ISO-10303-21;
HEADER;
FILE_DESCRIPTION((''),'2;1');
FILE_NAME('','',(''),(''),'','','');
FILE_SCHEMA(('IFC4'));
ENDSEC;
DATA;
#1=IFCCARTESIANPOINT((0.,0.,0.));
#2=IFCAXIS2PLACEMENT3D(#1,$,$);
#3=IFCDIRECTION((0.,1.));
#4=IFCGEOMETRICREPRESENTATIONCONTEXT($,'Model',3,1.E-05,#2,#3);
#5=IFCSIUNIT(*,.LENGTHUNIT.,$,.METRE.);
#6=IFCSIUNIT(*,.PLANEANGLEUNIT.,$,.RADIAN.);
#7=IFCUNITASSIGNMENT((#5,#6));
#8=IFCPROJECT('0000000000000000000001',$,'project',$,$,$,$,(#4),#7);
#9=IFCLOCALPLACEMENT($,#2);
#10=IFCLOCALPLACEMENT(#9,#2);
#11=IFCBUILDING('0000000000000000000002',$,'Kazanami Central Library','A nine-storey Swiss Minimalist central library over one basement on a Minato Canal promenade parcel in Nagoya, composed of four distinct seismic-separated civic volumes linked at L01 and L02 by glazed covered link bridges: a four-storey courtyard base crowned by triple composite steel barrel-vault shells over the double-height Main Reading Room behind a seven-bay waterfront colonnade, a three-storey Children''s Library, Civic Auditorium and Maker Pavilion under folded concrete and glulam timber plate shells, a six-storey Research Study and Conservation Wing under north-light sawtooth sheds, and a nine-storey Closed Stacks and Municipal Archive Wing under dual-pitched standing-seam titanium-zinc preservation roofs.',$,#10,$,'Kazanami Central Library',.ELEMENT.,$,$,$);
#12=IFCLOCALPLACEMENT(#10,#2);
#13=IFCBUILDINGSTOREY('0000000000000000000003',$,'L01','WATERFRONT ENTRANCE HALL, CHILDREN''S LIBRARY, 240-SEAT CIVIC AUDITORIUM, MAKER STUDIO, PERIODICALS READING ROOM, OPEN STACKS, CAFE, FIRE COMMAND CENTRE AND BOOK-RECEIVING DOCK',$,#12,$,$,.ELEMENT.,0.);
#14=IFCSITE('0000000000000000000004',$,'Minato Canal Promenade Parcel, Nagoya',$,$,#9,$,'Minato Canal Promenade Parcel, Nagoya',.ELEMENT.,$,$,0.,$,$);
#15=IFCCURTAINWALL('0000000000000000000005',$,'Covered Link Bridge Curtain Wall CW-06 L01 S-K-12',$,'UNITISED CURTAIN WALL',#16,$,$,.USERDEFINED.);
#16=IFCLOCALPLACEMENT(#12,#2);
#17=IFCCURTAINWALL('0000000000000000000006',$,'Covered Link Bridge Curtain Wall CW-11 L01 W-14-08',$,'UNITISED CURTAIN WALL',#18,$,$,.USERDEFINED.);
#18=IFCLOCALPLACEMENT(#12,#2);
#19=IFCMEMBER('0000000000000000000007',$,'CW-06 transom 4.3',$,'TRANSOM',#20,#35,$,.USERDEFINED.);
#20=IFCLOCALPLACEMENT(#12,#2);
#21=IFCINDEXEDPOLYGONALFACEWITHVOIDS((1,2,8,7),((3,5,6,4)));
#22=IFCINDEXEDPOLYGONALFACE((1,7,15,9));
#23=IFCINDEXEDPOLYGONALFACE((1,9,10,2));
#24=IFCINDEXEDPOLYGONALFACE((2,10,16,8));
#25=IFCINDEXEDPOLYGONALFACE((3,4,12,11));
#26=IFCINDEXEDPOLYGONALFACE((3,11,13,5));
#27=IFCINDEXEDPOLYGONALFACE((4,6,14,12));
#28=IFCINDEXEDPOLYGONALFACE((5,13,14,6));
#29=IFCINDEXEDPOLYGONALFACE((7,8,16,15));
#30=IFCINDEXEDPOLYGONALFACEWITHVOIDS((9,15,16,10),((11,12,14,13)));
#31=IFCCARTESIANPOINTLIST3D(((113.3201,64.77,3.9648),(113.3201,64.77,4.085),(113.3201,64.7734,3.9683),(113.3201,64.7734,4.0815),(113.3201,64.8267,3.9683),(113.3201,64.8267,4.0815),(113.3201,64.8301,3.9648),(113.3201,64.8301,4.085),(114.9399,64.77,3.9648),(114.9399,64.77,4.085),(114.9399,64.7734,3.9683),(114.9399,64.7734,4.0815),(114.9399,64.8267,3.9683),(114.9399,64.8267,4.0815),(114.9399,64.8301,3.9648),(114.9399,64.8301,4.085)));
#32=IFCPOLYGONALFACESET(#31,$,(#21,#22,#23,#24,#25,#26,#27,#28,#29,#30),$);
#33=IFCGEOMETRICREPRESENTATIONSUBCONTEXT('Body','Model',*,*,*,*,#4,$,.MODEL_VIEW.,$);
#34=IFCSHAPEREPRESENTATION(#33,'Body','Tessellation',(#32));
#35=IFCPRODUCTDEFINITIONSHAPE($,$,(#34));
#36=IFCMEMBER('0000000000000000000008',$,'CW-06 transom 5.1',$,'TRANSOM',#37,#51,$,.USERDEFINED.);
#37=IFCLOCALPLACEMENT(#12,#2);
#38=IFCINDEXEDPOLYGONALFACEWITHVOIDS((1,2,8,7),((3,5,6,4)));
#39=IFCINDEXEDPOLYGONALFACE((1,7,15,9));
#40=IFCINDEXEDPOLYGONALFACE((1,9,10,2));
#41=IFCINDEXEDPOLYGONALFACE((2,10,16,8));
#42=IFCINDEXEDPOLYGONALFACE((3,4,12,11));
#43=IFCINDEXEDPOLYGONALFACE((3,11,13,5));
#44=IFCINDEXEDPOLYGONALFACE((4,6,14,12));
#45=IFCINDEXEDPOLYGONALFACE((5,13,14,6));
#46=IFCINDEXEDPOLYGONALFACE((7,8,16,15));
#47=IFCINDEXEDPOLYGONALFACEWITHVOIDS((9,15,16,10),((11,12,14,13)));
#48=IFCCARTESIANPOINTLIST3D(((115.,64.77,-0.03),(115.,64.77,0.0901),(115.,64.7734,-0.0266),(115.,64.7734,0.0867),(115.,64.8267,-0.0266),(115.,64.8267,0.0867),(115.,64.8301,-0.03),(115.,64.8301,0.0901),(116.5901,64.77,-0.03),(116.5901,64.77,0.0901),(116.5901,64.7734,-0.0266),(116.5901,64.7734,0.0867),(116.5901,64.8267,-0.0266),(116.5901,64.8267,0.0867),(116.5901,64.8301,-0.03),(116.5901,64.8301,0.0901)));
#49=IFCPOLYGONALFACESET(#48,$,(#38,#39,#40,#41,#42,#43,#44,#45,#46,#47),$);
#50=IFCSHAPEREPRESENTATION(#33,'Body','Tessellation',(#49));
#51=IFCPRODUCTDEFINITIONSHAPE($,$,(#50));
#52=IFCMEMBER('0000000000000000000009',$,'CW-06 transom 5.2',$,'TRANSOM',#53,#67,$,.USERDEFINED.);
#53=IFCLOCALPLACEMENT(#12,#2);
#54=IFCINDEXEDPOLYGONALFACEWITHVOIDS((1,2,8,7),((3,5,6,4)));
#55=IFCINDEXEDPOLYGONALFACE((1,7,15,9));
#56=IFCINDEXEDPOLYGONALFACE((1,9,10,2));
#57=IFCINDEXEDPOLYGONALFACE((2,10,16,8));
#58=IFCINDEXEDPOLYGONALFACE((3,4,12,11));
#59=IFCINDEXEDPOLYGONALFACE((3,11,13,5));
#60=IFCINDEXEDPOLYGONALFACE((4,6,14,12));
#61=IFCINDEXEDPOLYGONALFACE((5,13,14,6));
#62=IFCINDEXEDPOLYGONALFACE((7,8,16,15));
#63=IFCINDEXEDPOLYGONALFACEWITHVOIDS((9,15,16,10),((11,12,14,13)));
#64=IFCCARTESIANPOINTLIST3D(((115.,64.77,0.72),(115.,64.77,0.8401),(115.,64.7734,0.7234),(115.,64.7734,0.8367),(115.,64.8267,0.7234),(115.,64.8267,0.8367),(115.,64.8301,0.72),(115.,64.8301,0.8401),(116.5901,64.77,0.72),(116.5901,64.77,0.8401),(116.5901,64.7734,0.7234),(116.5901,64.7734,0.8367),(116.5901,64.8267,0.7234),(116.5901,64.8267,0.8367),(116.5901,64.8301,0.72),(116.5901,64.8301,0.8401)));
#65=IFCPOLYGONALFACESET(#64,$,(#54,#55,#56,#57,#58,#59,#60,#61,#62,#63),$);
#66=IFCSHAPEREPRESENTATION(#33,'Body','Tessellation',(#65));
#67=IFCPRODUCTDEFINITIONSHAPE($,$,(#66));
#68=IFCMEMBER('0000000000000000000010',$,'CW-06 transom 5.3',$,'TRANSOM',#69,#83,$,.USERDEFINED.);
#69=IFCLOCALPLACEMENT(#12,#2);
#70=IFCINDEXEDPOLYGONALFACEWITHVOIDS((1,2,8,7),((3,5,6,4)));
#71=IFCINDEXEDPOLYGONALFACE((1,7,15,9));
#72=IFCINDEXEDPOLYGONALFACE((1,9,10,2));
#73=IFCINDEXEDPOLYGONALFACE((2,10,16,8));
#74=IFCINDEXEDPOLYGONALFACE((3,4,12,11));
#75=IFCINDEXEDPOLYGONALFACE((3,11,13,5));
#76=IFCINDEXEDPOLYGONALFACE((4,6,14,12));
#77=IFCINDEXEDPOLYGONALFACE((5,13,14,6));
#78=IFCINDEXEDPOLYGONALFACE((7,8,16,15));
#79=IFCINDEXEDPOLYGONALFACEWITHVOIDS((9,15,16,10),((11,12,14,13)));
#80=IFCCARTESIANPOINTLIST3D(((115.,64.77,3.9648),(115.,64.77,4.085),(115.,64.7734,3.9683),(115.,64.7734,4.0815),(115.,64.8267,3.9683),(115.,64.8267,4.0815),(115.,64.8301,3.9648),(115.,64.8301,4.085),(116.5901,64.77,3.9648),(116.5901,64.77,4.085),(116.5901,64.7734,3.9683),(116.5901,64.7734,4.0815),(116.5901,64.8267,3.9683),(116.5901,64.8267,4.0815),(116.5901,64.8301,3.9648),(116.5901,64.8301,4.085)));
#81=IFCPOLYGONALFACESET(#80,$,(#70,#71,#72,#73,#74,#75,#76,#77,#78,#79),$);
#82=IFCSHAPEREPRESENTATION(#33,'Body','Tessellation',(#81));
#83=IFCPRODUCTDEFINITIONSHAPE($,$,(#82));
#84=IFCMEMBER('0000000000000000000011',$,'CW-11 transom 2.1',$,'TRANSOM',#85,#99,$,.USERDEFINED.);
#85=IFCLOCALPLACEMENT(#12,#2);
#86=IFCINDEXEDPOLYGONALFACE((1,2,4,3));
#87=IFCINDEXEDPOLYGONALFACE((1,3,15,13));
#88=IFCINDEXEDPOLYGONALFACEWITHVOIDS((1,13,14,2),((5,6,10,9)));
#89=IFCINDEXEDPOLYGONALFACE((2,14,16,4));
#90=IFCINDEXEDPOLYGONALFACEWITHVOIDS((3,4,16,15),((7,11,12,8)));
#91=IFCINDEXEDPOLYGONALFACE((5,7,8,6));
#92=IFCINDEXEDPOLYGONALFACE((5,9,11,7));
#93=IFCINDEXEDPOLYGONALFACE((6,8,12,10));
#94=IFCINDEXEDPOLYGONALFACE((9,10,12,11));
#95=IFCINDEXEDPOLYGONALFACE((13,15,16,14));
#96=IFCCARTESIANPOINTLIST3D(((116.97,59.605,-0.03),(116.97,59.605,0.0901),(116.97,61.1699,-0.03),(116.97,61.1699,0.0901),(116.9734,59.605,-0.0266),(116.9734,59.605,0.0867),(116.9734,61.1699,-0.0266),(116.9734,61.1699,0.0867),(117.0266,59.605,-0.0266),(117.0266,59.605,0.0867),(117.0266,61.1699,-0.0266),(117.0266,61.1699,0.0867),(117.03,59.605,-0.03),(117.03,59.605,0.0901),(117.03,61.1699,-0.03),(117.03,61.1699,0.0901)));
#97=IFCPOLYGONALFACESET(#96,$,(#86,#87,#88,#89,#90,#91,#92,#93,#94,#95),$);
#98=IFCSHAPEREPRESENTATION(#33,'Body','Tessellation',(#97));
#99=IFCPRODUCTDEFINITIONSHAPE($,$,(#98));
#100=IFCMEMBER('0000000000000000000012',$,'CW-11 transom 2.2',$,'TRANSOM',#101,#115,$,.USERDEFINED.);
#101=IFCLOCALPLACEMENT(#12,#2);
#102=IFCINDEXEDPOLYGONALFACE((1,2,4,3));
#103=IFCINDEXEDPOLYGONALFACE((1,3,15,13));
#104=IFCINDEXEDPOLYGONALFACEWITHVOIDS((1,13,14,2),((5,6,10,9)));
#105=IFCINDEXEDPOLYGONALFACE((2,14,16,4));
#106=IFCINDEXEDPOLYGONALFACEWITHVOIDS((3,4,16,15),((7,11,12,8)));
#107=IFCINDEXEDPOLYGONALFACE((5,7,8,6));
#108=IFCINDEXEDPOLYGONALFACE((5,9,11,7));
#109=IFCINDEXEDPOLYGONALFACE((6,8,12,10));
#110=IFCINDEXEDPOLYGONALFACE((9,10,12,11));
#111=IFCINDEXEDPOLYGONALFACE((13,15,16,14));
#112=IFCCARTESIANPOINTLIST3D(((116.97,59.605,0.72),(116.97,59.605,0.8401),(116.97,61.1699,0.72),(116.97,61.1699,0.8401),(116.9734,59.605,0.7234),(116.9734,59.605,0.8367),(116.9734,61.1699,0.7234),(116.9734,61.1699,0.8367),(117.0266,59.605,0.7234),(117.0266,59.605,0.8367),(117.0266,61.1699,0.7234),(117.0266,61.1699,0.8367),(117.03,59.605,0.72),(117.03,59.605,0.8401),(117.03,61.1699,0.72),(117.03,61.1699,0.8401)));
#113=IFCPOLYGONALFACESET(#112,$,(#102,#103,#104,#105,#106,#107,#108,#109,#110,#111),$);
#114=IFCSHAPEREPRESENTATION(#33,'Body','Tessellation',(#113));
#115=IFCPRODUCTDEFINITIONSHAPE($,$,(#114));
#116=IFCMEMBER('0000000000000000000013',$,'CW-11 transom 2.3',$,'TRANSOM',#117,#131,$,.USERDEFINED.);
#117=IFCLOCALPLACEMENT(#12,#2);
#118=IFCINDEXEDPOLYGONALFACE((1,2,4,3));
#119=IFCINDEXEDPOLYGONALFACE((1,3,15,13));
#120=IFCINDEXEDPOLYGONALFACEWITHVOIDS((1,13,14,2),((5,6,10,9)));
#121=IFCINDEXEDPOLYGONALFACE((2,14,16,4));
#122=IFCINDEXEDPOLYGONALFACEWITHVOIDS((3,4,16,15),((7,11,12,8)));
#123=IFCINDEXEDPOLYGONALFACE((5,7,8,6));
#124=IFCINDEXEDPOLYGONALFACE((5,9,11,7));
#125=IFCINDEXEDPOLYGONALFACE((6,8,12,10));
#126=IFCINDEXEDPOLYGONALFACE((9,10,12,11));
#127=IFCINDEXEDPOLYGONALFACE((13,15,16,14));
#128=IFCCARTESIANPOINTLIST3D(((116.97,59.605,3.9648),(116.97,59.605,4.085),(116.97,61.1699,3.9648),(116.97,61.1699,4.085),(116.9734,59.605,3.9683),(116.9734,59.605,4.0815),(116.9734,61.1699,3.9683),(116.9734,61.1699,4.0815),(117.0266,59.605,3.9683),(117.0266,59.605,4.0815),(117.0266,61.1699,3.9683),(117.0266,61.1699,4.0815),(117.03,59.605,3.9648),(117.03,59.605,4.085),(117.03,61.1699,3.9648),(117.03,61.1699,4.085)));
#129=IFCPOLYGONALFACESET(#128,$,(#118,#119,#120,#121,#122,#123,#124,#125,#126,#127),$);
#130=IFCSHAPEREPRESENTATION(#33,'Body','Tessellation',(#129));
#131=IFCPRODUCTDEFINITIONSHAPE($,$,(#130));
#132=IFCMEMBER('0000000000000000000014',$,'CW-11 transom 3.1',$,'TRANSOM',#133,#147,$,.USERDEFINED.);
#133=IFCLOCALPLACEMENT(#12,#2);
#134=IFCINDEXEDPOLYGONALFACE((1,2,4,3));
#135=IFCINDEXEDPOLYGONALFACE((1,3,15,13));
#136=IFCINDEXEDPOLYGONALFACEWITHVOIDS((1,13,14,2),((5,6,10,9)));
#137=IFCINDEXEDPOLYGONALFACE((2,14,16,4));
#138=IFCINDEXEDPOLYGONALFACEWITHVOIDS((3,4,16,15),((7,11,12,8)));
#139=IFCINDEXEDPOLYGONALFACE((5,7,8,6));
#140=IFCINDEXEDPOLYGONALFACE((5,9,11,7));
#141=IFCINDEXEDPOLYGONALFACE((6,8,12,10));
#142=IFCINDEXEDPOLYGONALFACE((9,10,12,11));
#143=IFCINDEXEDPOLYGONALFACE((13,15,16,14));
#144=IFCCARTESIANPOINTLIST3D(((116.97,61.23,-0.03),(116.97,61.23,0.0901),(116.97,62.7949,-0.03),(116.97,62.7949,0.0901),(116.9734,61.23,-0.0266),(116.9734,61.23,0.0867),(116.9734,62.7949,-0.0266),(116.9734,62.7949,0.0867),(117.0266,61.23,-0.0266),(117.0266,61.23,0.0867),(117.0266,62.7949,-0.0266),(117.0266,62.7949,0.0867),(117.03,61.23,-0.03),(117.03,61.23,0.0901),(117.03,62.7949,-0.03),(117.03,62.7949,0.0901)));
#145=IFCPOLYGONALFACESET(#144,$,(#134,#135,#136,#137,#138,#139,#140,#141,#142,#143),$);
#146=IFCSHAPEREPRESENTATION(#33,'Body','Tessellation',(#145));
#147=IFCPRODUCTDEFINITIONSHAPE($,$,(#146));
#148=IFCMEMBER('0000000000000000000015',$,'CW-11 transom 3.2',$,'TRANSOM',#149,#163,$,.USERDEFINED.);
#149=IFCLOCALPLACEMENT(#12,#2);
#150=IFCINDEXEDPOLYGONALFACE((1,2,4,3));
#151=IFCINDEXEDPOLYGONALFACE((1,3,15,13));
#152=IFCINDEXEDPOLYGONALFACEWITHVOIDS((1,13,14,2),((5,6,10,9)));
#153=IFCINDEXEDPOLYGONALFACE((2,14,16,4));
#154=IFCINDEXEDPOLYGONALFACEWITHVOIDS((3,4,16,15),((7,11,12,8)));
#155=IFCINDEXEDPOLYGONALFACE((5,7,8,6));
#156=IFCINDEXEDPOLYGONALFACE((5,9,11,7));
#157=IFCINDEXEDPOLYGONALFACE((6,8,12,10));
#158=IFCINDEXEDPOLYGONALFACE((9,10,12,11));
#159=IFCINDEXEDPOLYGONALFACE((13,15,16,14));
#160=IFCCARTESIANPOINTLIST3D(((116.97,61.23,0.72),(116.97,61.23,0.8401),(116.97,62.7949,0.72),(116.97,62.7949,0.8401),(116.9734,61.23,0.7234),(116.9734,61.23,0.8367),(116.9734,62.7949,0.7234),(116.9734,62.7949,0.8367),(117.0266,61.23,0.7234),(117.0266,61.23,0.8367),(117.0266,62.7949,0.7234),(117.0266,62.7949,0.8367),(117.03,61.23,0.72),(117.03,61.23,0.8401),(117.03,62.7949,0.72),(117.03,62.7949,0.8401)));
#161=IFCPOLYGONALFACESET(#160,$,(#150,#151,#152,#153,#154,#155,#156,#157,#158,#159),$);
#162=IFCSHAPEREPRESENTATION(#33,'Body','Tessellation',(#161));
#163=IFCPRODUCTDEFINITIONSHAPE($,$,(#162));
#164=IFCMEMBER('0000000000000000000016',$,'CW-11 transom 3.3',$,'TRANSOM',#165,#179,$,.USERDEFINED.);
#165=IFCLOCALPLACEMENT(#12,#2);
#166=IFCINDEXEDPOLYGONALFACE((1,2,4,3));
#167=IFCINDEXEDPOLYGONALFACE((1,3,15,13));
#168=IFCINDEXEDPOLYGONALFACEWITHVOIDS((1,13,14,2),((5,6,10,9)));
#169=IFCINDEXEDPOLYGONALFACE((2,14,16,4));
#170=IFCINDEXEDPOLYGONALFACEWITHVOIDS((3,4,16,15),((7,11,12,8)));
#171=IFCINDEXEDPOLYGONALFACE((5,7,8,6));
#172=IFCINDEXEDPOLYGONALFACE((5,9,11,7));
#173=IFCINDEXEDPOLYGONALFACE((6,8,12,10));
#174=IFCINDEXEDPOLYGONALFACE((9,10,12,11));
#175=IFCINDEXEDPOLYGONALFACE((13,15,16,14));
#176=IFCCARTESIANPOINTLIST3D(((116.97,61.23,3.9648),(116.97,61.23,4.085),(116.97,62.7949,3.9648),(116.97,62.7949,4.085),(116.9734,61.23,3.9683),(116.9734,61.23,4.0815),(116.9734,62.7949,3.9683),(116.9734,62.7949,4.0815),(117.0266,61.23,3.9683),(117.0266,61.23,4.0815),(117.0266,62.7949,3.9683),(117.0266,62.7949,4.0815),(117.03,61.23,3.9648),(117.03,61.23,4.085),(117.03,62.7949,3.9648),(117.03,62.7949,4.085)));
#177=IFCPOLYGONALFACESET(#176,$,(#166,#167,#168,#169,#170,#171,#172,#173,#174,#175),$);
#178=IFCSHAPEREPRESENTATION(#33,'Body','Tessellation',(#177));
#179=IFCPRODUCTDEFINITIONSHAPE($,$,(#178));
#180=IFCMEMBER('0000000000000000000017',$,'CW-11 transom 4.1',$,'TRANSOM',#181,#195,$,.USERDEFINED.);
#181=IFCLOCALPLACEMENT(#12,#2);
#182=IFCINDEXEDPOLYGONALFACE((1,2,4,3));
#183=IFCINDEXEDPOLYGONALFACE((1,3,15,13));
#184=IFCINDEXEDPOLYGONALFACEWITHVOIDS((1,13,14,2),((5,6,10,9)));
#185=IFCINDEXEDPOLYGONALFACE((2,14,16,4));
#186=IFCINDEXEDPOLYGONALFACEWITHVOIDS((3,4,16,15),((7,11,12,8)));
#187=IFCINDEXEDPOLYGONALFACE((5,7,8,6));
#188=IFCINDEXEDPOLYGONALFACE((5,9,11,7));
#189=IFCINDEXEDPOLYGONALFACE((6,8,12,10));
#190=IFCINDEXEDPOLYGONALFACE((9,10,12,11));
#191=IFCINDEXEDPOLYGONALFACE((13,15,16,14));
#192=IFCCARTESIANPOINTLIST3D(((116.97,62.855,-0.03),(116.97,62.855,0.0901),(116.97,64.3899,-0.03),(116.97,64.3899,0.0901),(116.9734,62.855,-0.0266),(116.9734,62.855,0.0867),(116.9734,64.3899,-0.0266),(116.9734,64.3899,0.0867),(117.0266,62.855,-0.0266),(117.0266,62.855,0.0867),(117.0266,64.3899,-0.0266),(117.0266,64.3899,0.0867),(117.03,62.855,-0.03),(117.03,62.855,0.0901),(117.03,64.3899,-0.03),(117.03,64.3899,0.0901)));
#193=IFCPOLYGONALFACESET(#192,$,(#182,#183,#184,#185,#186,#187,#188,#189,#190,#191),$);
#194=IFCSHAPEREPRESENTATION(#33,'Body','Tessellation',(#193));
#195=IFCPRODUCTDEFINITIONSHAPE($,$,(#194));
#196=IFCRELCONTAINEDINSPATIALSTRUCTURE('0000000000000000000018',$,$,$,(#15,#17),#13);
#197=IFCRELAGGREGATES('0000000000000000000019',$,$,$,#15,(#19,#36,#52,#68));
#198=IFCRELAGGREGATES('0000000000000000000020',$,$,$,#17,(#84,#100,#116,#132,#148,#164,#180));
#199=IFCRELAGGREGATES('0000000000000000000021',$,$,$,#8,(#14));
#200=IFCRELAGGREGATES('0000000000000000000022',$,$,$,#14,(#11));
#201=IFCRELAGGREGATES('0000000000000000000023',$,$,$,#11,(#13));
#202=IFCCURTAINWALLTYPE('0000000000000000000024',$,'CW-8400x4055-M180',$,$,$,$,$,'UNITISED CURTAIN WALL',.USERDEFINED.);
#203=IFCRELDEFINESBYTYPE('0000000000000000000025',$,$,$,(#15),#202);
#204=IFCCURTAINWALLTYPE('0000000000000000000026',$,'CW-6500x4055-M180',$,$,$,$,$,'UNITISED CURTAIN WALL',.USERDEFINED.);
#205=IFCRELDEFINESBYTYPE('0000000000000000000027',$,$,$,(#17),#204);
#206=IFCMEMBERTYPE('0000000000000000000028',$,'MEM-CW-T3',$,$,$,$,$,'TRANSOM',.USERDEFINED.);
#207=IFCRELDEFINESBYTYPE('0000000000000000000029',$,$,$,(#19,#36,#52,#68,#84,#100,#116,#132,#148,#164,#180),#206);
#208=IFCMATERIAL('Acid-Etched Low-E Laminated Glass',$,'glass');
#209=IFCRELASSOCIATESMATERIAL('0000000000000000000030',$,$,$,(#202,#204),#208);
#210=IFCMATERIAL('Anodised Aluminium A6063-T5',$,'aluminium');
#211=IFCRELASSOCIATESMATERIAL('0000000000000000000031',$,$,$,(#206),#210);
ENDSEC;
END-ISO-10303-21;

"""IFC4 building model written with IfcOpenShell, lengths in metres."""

from ifc_helpers import new_model, si_unit, direction, frame, origin, origin_2d, place, context, subcontext, project, spatial, hollow_rectangle, extrude, material, material_profile, profile_set, type_object, element, aggregate, save


model = new_model("IFC4")

# Units and contexts
model_context = context("Model", 3, precision=1e-05, world=origin(), true_north=direction((0.0, 1.0)))
body_context = subcontext(model_context, "Body", "Model", "MODEL_VIEW")
ifc_project = project(units=[si_unit("LENGTHUNIT", "METRE"), si_unit("PLANEANGLEUNIT", "RADIAN")], contexts=[model_context])

# Site, building, storey
site_placement = place(None, origin())
site = spatial("IfcSite", under=ifc_project, at=site_placement, Name="Minato Canal Promenade Parcel, Nagoya", LongName="Minato Canal Promenade Parcel, Nagoya", CompositionType="ELEMENT", RefElevation=0.0)
building_placement = place(site_placement, origin())
building = spatial("IfcBuilding", under=site, at=building_placement, Name="Kazanami Central Library", Description="A nine-storey Swiss Minimalist central library over one basement on a Minato Canal promenade parcel in Nagoya, composed of four distinct seismic-separated civic volumes linked at L01 and L02 by glazed covered link bridges: a four-storey courtyard base crowned by triple composite steel barrel-vault shells over the double-height Main Reading Room behind a seven-bay waterfront colonnade, a three-storey Children's Library, Civic Auditorium and Maker Pavilion under folded concrete and glulam timber plate shells, a six-storey Research Study and Conservation Wing under north-light sawtooth sheds, and a nine-storey Closed Stacks and Municipal Archive Wing under dual-pitched standing-seam titanium-zinc preservation roofs.", LongName="Kazanami Central Library", CompositionType="ELEMENT")
storey_placement = place(building_placement, origin())
storey = spatial("IfcBuildingStorey", under=building, at=storey_placement, Name="L01", Description="WATERFRONT ENTRANCE HALL, CHILDREN'S LIBRARY, 240-SEAT CIVIC AUDITORIUM, MAKER STUDIO, PERIODICALS READING ROOM, OPEN STACKS, CAFE, FIRE COMMAND CENTRE AND BOOK-RECEIVING DOCK", CompositionType="ELEMENT", Elevation=0.0)

# Curtain walls
ifc_material_1 = material(Name="Acid-Etched Low-E Laminated Glass", Category="glass")
curtain_wall_type_1 = type_object("IfcCurtainWallType", Name="CW-8400x4055-M180", ElementType="UNITISED CURTAIN WALL", PredefinedType="USERDEFINED", material=ifc_material_1)
curtain_wall_1_placement = place(storey_placement, origin())
curtain_wall_1 = element("IfcCurtainWall", 1, at=curtain_wall_1_placement, inside=storey, type_object=curtain_wall_type_1, Name="Covered Link Bridge Curtain Wall CW-06 L01 S-K-12", ObjectType="UNITISED CURTAIN WALL", PredefinedType="USERDEFINED")
ifc_material_2 = material(Name="Anodised Aluminium A6063-T5", Category="aluminium")
curtain_wall_type_2 = type_object("IfcCurtainWallType", Name="CW-6500x4055-M180", ElementType="UNITISED CURTAIN WALL", PredefinedType="USERDEFINED", material=ifc_material_1)
curtain_wall_2_placement = place(storey_placement, origin())
curtain_wall_2 = element("IfcCurtainWall", 2, at=curtain_wall_2_placement, inside=storey, type_object=curtain_wall_type_2, Name="Covered Link Bridge Curtain Wall CW-11 L01 W-14-08", ObjectType="UNITISED CURTAIN WALL", PredefinedType="USERDEFINED")

# Members
ifc_material_profile_1 = material_profile(ifc_material_2, hollow_rectangle(XDim=0.0601, YDim=0.1201, WallThickness=0.0034, at=origin_2d()), Name="ALU-TRAN-60x120x3.5")
ifc_profile_set_1 = profile_set([ifc_material_profile_1], Name="Anodised Aluminium A6063-T5")
member_type_1 = type_object("IfcMemberType", Name="MEM-CW-T3", ElementType="TRANSOM", PredefinedType="USERDEFINED", material=ifc_profile_set_1)
member_1_placement = place(storey_placement, frame((113.3201, 64.8, 4.0249), z_axis=(1.0, 0.0, 0.0), x_axis=(0.0, 1.0, 0.0)))
member_1 = element("IfcMember", 3, at=member_1_placement, type_object=member_type_1, Name="CW-06 transom 4.3", ObjectType="TRANSOM", PredefinedType="USERDEFINED", context=body_context, shape_type="SweptSolid", body=[
    extrude(hollow_rectangle(XDim=0.0601, YDim=0.1201, WallThickness=0.0034, at=origin_2d()), origin(), (0.0, 0.0, 1.0), 1.6199),
])
member_2_placement = place(storey_placement, frame((115.0, 64.8, 0.03), z_axis=(1.0, 0.0, 0.0), x_axis=(0.0, 1.0, 0.0)))
member_2 = element("IfcMember", 4, at=member_2_placement, type_object=member_type_1, Name="CW-06 transom 5.1", ObjectType="TRANSOM", PredefinedType="USERDEFINED", context=body_context, shape_type="SweptSolid", body=[
    extrude(hollow_rectangle(XDim=0.0601, YDim=0.1201, WallThickness=0.0034, at=origin_2d()), origin(), (0.0, 0.0, 1.0), 1.5901),
])
member_3_placement = place(storey_placement, frame((115.0, 64.8, 0.78), z_axis=(1.0, 0.0, 0.0), x_axis=(0.0, 1.0, 0.0)))
member_3 = element("IfcMember", 5, at=member_3_placement, type_object=member_type_1, Name="CW-06 transom 5.2", ObjectType="TRANSOM", PredefinedType="USERDEFINED", context=body_context, shape_type="SweptSolid", body=[
    extrude(hollow_rectangle(XDim=0.0601, YDim=0.1201, WallThickness=0.0034, at=origin_2d()), origin(), (0.0, 0.0, 1.0), 1.5901),
])
member_4_placement = place(storey_placement, frame((115.0, 64.8, 4.0249), z_axis=(1.0, 0.0, 0.0), x_axis=(0.0, 1.0, 0.0)))
member_4 = element("IfcMember", 6, at=member_4_placement, type_object=member_type_1, Name="CW-06 transom 5.3", ObjectType="TRANSOM", PredefinedType="USERDEFINED", context=body_context, shape_type="SweptSolid", body=[
    extrude(hollow_rectangle(XDim=0.0601, YDim=0.1201, WallThickness=0.0034, at=origin_2d()), origin(), (0.0, 0.0, 1.0), 1.5901),
])
member_5_placement = place(storey_placement, frame((117.0, 59.605, 0.03), z_axis=(0.0, 1.0, 0.0), x_axis=(-1.0, 0.0, 0.0)))
member_5 = element("IfcMember", 7, at=member_5_placement, type_object=member_type_1, Name="CW-11 transom 2.1", ObjectType="TRANSOM", PredefinedType="USERDEFINED", context=body_context, shape_type="SweptSolid", body=[
    extrude(hollow_rectangle(XDim=0.0601, YDim=0.1201, WallThickness=0.0034, at=origin_2d()), origin(), (0.0, 0.0, 1.0), 1.5649),
])
member_6_placement = place(storey_placement, frame((117.0, 59.605, 0.78), z_axis=(0.0, 1.0, 0.0), x_axis=(-1.0, 0.0, 0.0)))
member_6 = element("IfcMember", 8, at=member_6_placement, type_object=member_type_1, Name="CW-11 transom 2.2", ObjectType="TRANSOM", PredefinedType="USERDEFINED", context=body_context, shape_type="SweptSolid", body=[
    extrude(hollow_rectangle(XDim=0.0601, YDim=0.1201, WallThickness=0.0034, at=origin_2d()), origin(), (0.0, 0.0, 1.0), 1.5649),
])
member_7_placement = place(storey_placement, frame((117.0, 59.605, 4.0249), z_axis=(0.0, 1.0, 0.0), x_axis=(-1.0, 0.0, 0.0)))
member_7 = element("IfcMember", 9, at=member_7_placement, type_object=member_type_1, Name="CW-11 transom 2.3", ObjectType="TRANSOM", PredefinedType="USERDEFINED", context=body_context, shape_type="SweptSolid", body=[
    extrude(hollow_rectangle(XDim=0.0601, YDim=0.1201, WallThickness=0.0034, at=origin_2d()), origin(), (0.0, 0.0, 1.0), 1.5649),
])
member_8_placement = place(storey_placement, frame((117.0, 61.23, 0.03), z_axis=(0.0, 1.0, 0.0), x_axis=(-1.0, 0.0, 0.0)))
member_8 = element("IfcMember", 10, at=member_8_placement, type_object=member_type_1, Name="CW-11 transom 3.1", ObjectType="TRANSOM", PredefinedType="USERDEFINED", context=body_context, shape_type="SweptSolid", body=[
    extrude(hollow_rectangle(XDim=0.0601, YDim=0.1201, WallThickness=0.0034, at=origin_2d()), origin(), (0.0, 0.0, 1.0), 1.5649),
])
member_9_placement = place(storey_placement, frame((117.0, 61.23, 0.78), z_axis=(0.0, 1.0, 0.0), x_axis=(-1.0, 0.0, 0.0)))
member_9 = element("IfcMember", 11, at=member_9_placement, type_object=member_type_1, Name="CW-11 transom 3.2", ObjectType="TRANSOM", PredefinedType="USERDEFINED", context=body_context, shape_type="SweptSolid", body=[
    extrude(hollow_rectangle(XDim=0.0601, YDim=0.1201, WallThickness=0.0034, at=origin_2d()), origin(), (0.0, 0.0, 1.0), 1.5649),
])
member_10_placement = place(storey_placement, frame((117.0, 61.23, 4.0249), z_axis=(0.0, 1.0, 0.0), x_axis=(-1.0, 0.0, 0.0)))
member_10 = element("IfcMember", 12, at=member_10_placement, type_object=member_type_1, Name="CW-11 transom 3.3", ObjectType="TRANSOM", PredefinedType="USERDEFINED", context=body_context, shape_type="SweptSolid", body=[
    extrude(hollow_rectangle(XDim=0.0601, YDim=0.1201, WallThickness=0.0034, at=origin_2d()), origin(), (0.0, 0.0, 1.0), 1.5649),
])
member_11_placement = place(storey_placement, frame((117.0, 62.855, 0.03), z_axis=(0.0, 1.0, 0.0), x_axis=(-1.0, 0.0, 0.0)))
member_11 = element("IfcMember", 13, at=member_11_placement, type_object=member_type_1, Name="CW-11 transom 4.1", ObjectType="TRANSOM", PredefinedType="USERDEFINED", context=body_context, shape_type="SweptSolid", body=[
    extrude(hollow_rectangle(XDim=0.0601, YDim=0.1201, WallThickness=0.0034, at=origin_2d()), origin(), (0.0, 0.0, 1.0), 1.5349),
])

aggregate(curtain_wall_1, [member_1, member_2, member_3, member_4])
aggregate(curtain_wall_2, [member_5, member_6, member_7, member_8, member_9, member_10, member_11])

save(model, "model.ifc")
